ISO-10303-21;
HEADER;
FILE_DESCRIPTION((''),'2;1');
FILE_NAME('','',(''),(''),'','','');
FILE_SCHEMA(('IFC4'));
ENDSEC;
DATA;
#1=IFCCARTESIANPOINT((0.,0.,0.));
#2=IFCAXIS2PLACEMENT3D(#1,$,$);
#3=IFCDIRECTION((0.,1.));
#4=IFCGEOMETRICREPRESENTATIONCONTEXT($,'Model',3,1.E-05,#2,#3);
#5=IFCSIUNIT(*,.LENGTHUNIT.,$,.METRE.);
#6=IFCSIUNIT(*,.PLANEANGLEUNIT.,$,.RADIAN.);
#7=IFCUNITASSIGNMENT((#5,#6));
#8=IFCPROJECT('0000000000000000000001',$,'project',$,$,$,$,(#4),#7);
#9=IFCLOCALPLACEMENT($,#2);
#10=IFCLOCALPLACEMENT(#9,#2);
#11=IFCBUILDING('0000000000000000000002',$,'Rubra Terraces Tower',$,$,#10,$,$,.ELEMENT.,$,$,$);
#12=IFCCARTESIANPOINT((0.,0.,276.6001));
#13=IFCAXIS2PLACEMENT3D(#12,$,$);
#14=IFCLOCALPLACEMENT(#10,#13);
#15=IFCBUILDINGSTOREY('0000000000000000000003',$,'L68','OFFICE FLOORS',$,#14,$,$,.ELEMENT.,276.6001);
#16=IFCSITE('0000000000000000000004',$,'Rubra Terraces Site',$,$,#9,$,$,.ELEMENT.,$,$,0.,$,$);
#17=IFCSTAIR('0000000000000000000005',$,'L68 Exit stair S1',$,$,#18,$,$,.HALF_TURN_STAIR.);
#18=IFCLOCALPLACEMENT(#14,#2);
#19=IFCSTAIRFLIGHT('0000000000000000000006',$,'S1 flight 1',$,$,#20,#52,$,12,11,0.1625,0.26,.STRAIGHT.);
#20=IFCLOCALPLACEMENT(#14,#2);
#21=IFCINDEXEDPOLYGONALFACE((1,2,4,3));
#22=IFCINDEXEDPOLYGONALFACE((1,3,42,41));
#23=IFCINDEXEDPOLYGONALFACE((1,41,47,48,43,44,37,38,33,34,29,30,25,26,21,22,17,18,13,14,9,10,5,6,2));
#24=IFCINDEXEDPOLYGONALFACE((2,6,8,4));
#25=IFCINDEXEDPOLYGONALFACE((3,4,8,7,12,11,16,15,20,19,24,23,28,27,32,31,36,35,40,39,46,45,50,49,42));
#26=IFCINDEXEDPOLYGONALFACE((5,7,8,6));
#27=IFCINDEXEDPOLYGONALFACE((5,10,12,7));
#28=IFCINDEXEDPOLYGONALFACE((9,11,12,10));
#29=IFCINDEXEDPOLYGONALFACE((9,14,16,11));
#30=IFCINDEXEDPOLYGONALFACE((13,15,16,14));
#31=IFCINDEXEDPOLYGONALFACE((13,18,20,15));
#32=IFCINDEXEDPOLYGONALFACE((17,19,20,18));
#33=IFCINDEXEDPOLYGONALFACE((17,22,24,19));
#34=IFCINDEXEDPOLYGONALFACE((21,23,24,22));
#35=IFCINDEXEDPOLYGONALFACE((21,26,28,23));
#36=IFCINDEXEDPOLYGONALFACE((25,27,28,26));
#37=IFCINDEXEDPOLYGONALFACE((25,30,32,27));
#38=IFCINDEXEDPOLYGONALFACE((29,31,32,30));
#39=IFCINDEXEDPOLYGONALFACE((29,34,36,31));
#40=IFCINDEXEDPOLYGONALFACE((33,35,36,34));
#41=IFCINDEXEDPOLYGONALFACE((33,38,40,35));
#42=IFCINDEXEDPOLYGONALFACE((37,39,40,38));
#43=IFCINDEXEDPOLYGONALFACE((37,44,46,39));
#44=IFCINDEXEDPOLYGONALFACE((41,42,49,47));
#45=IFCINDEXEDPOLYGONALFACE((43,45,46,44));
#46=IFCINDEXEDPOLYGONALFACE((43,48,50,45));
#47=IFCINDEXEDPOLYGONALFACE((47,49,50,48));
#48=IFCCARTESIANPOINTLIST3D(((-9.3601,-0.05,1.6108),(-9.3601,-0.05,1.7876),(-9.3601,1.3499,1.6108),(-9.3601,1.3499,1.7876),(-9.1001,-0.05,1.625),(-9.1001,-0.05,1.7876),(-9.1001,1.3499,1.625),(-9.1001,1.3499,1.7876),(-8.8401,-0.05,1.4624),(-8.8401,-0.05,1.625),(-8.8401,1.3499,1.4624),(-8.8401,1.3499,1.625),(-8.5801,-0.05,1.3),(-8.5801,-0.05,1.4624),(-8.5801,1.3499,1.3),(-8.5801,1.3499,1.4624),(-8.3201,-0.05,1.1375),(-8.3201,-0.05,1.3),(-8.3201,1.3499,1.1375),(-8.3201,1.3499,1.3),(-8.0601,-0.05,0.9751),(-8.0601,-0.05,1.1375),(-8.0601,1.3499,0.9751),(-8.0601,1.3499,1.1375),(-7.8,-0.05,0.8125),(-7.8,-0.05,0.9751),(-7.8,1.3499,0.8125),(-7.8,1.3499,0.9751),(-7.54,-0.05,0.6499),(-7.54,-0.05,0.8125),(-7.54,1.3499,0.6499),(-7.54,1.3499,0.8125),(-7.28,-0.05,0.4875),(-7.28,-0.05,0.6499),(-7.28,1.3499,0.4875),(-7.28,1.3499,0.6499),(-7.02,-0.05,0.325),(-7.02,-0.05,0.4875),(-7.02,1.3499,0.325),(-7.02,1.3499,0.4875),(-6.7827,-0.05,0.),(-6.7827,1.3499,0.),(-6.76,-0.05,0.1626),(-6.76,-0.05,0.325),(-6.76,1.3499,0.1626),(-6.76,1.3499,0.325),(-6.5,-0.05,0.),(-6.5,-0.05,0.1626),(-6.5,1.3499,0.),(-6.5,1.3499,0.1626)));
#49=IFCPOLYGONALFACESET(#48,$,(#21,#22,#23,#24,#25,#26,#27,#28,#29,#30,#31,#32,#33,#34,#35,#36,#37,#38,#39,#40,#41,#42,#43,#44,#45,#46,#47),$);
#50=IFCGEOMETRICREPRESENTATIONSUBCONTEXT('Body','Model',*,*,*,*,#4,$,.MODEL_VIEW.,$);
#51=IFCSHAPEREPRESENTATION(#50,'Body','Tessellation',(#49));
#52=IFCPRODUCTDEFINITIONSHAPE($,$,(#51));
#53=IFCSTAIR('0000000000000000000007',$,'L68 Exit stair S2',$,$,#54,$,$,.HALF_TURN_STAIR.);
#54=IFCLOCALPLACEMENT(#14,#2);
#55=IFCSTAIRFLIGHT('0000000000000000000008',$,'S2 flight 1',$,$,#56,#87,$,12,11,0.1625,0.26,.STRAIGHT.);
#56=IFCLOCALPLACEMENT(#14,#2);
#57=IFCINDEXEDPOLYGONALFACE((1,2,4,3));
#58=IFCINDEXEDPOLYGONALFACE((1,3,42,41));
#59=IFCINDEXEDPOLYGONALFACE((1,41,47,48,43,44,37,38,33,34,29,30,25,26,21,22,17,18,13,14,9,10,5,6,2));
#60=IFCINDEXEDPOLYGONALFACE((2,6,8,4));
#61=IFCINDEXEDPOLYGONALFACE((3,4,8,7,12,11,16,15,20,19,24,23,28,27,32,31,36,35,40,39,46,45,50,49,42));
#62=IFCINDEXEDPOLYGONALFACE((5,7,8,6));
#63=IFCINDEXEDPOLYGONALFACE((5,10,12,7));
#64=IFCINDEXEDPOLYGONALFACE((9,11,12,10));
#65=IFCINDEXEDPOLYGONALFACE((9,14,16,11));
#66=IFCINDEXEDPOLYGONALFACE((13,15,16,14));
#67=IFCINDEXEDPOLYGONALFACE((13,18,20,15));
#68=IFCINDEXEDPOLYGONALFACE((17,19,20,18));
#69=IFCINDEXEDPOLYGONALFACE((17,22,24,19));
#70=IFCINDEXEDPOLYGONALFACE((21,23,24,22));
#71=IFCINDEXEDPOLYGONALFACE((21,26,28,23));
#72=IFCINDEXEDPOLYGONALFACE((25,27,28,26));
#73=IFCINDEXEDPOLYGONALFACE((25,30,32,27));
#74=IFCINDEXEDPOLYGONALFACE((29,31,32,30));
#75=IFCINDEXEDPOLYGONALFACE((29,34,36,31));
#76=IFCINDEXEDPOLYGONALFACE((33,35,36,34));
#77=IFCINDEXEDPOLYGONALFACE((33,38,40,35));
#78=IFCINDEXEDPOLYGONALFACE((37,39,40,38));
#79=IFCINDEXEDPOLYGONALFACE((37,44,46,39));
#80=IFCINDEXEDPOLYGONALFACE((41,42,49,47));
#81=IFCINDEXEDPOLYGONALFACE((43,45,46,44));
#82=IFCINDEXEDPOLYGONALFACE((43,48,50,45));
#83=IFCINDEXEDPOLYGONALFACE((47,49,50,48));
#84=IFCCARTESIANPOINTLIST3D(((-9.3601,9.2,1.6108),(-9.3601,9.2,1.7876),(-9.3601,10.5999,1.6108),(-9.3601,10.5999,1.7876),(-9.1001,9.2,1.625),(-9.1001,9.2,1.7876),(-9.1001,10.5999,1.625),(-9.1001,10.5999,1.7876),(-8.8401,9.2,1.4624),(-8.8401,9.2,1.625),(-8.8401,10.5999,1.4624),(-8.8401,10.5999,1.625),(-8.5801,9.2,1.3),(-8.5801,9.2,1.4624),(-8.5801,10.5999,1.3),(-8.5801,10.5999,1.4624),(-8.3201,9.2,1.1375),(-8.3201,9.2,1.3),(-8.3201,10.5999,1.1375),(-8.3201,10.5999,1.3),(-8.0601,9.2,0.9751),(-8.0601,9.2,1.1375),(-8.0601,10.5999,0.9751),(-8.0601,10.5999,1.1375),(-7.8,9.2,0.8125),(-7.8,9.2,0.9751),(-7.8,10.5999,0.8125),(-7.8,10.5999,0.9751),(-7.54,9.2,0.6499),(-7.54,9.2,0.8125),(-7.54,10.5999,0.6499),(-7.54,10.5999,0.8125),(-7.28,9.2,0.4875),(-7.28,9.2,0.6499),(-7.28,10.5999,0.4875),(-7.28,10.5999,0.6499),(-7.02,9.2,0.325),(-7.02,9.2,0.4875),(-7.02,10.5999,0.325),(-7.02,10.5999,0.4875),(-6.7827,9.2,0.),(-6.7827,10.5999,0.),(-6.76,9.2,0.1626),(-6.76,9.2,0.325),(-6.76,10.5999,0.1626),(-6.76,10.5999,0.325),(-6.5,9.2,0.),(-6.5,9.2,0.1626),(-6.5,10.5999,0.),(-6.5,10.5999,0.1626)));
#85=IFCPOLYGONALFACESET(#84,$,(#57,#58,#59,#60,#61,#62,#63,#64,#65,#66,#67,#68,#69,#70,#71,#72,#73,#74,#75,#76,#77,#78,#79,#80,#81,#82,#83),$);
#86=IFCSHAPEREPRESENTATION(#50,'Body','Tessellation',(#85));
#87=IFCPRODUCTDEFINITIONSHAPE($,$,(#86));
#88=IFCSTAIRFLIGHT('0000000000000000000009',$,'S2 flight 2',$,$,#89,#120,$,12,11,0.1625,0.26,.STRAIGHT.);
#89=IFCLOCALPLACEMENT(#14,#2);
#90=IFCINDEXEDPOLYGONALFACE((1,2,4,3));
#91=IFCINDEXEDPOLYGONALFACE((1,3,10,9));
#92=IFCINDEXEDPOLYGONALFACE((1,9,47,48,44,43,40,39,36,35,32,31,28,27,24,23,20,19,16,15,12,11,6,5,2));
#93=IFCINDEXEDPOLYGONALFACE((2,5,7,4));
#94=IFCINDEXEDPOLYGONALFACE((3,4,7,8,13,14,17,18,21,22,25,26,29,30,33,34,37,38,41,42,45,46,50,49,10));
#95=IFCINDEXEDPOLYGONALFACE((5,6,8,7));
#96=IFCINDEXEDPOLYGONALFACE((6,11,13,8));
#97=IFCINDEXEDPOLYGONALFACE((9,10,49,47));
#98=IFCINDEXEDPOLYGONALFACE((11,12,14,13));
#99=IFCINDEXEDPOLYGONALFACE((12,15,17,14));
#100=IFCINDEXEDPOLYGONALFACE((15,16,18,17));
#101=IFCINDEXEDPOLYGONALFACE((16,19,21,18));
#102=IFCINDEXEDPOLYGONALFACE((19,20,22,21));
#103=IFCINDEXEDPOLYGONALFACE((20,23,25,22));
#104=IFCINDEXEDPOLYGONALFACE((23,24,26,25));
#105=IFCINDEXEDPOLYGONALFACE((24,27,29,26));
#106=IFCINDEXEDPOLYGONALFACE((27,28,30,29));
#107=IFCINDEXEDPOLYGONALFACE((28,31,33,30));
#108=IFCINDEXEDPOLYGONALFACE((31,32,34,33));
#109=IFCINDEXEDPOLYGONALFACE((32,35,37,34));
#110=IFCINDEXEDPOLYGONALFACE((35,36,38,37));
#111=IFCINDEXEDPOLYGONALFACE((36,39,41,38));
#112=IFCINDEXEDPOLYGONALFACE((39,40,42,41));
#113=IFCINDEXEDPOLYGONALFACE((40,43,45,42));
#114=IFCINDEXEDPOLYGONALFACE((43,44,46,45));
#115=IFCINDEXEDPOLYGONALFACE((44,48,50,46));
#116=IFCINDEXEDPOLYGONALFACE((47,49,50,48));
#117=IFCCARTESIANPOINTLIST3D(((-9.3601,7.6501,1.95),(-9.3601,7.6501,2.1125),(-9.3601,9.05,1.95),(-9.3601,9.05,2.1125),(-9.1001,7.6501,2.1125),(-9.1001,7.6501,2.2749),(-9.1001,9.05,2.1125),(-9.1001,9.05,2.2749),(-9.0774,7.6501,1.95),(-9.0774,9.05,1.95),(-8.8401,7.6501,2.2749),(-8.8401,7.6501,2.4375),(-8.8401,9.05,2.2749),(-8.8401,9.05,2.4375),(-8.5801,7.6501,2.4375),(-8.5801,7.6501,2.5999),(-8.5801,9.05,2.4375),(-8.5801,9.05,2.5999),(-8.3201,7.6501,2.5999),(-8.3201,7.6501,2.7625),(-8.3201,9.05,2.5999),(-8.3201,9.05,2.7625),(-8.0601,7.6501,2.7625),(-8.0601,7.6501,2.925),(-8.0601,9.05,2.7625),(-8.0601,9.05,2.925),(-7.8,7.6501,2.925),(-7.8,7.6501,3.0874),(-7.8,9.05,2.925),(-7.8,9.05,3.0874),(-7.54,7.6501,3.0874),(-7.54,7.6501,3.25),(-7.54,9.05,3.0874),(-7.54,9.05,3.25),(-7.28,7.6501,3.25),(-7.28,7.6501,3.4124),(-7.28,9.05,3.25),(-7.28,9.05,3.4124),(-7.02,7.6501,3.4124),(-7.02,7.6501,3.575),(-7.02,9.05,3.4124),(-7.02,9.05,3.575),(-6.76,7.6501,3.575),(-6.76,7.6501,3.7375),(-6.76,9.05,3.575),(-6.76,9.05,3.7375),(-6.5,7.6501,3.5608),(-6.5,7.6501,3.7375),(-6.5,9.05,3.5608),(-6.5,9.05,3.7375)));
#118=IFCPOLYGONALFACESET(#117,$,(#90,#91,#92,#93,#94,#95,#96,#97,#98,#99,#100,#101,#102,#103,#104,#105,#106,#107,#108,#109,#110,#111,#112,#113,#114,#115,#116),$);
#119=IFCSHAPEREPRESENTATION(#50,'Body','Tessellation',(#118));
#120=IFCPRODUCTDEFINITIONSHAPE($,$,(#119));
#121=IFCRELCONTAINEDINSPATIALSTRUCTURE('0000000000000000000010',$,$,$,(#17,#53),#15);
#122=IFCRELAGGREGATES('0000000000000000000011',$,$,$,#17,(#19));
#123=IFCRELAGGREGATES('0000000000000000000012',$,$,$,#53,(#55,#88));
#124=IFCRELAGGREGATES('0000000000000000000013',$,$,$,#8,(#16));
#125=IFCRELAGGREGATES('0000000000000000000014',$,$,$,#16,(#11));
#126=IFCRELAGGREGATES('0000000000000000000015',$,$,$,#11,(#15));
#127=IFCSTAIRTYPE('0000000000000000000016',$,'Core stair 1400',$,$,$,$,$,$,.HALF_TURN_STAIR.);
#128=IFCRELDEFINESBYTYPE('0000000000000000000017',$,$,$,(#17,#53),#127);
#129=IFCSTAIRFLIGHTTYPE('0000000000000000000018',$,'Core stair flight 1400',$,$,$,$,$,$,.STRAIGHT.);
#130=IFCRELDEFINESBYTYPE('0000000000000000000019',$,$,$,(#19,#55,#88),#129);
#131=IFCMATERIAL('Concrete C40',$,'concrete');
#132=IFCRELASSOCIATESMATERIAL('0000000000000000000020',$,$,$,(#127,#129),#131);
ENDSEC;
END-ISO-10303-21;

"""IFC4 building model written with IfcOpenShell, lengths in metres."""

from ifc_helpers import new_model, si_unit, direction, frame, origin, place, context, subcontext, project, spatial, polyline, outline, extrude, material, type_object, element, aggregate, save


model = new_model("IFC4")

# Units and contexts
model_context = context("Model", 3, precision=1e-05, world=origin(), true_north=direction((0.0, 1.0)))
body_context = subcontext(model_context, "Body", "Model", "MODEL_VIEW")
ifc_project = project(units=[si_unit("LENGTHUNIT", "METRE"), si_unit("PLANEANGLEUNIT", "RADIAN")], contexts=[model_context])

# Site, building, storey
site_placement = place(None, origin())
site = spatial("IfcSite", under=ifc_project, at=site_placement, Name="Rubra Terraces Site", CompositionType="ELEMENT", RefElevation=0.0)
building_placement = place(site_placement, origin())
building = spatial("IfcBuilding", under=site, at=building_placement, Name="Rubra Terraces Tower", CompositionType="ELEMENT")
storey_placement = place(building_placement, frame((0.0, 0.0, 276.6001)))
storey = spatial("IfcBuildingStorey", under=building, at=storey_placement, Name="L68", Description="OFFICE FLOORS", CompositionType="ELEMENT", Elevation=276.6001)

# Shared definitions
ifc_material_1 = material(Name="Concrete C40", Category="concrete")

# Stair, stair flight
stair_type = type_object("IfcStairType", Name="Core stair 1400", PredefinedType="HALF_TURN_STAIR", material=ifc_material_1)
stair_1_placement = place(storey_placement, origin())
stair_1 = element("IfcStair", 1, at=stair_1_placement, inside=storey, type_object=stair_type, Name="L68 Exit stair S1", PredefinedType="HALF_TURN_STAIR")
stair_flight_type = type_object("IfcStairFlightType", Name="Core stair flight 1400", PredefinedType="STRAIGHT", material=ifc_material_1)
stair_flight_1_placement = place(storey_placement, frame((-6.5, 0.6499, 0.0), z_axis=(0.0, 0.0, 1.0), x_axis=(-1.0, 0.0, 0.0)))
stair_flight_1 = element("IfcStairFlight", 2, at=stair_flight_1_placement, type_object=stair_flight_type, Name="S1 flight 1", NumberOfRisers=12, NumberOfTreads=11, PredefinedType="STRAIGHT", RiserHeight=0.1625, TreadLength=0.26, context=body_context, shape_type="SweptSolid", body=[
    extrude(outline(polyline([(0.0, 0.0), (0.0, 0.1626), (0.26, 0.1626), (0.26, 0.325), (0.52, 0.325), (0.52, 0.4875), (0.78, 0.4875), (0.78, 0.6499), (1.04, 0.6499), (1.04, 0.8125), (1.3, 0.8125), (1.3, 0.9751), (1.5601, 0.9751), (1.5601, 1.1375), (1.8201, 1.1375), (1.8201, 1.3), (2.0801, 1.3), (2.0801, 1.4624), (2.3401, 1.4624), (2.3401, 1.625), (2.6001, 1.625), (2.6001, 1.7876), (2.8601, 1.7876), (2.8601, 1.95), (2.8601, 1.6108), (0.2827, 0.0), (0.0, 0.0)])), frame((0.0, 0.7, 0.0), z_axis=(0.0, -1.0, 0.0), x_axis=(1.0, 0.0, 0.0)), (0.0, 0.0, 1.0), 1.3999),
])
aggregate(stair_1, [stair_flight_1])

# Stair, stair flights
stair_2_placement = place(storey_placement, origin())
stair_2 = element("IfcStair", 3, at=stair_2_placement, inside=storey, type_object=stair_type, Name="L68 Exit stair S2", PredefinedType="HALF_TURN_STAIR")
stair_flight_2_placement = place(storey_placement, frame((-6.5, 9.8999, 0.0), z_axis=(0.0, 0.0, 1.0), x_axis=(-1.0, 0.0, 0.0)))
stair_flight_2 = element("IfcStairFlight", 4, at=stair_flight_2_placement, type_object=stair_flight_type, Name="S2 flight 1", NumberOfRisers=12, NumberOfTreads=11, PredefinedType="STRAIGHT", RiserHeight=0.1625, TreadLength=0.26, context=body_context, shape_type="SweptSolid", body=[
    extrude(outline(polyline([(0.0, 0.0), (0.0, 0.1626), (0.26, 0.1626), (0.26, 0.325), (0.52, 0.325), (0.52, 0.4875), (0.78, 0.4875), (0.78, 0.6499), (1.04, 0.6499), (1.04, 0.8125), (1.3, 0.8125), (1.3, 0.9751), (1.5601, 0.9751), (1.5601, 1.1375), (1.8201, 1.1375), (1.8201, 1.3), (2.0801, 1.3), (2.0801, 1.4624), (2.3401, 1.4624), (2.3401, 1.625), (2.6001, 1.625), (2.6001, 1.7876), (2.8601, 1.7876), (2.8601, 1.95), (2.8601, 1.6108), (0.2827, 0.0), (0.0, 0.0)])), frame((0.0, 0.7, 0.0), z_axis=(0.0, -1.0, 0.0), x_axis=(1.0, 0.0, 0.0)), (0.0, 0.0, 1.0), 1.3999),
])
stair_flight_3_placement = place(storey_placement, frame((-9.3601, 8.3501, 1.95), z_axis=(0.0, 0.0, 1.0), x_axis=(1.0, 0.0, 0.0)))
stair_flight_3 = element("IfcStairFlight", 5, at=stair_flight_3_placement, type_object=stair_flight_type, Name="S2 flight 2", NumberOfRisers=12, NumberOfTreads=11, PredefinedType="STRAIGHT", RiserHeight=0.1625, TreadLength=0.26, context=body_context, shape_type="SweptSolid", body=[
    extrude(outline(polyline([(0.0, 0.0), (0.0, 0.1626), (0.26, 0.1626), (0.26, 0.325), (0.52, 0.325), (0.52, 0.4875), (0.78, 0.4875), (0.78, 0.6499), (1.04, 0.6499), (1.04, 0.8125), (1.3, 0.8125), (1.3, 0.9751), (1.5601, 0.9751), (1.5601, 1.1375), (1.8201, 1.1375), (1.8201, 1.3), (2.0801, 1.3), (2.0801, 1.4624), (2.3401, 1.4624), (2.3401, 1.625), (2.6001, 1.625), (2.6001, 1.7876), (2.8601, 1.7876), (2.8601, 1.95), (2.8601, 1.6108), (0.2827, 0.0), (0.0, 0.0)])), frame((0.0, 0.7, 0.0), z_axis=(0.0, -1.0, 0.0), x_axis=(1.0, 0.0, 0.0)), (0.0, 0.0, 1.0), 1.3999),
])
aggregate(stair_2, [stair_flight_2, stair_flight_3])

save(model, "model.ifc")
